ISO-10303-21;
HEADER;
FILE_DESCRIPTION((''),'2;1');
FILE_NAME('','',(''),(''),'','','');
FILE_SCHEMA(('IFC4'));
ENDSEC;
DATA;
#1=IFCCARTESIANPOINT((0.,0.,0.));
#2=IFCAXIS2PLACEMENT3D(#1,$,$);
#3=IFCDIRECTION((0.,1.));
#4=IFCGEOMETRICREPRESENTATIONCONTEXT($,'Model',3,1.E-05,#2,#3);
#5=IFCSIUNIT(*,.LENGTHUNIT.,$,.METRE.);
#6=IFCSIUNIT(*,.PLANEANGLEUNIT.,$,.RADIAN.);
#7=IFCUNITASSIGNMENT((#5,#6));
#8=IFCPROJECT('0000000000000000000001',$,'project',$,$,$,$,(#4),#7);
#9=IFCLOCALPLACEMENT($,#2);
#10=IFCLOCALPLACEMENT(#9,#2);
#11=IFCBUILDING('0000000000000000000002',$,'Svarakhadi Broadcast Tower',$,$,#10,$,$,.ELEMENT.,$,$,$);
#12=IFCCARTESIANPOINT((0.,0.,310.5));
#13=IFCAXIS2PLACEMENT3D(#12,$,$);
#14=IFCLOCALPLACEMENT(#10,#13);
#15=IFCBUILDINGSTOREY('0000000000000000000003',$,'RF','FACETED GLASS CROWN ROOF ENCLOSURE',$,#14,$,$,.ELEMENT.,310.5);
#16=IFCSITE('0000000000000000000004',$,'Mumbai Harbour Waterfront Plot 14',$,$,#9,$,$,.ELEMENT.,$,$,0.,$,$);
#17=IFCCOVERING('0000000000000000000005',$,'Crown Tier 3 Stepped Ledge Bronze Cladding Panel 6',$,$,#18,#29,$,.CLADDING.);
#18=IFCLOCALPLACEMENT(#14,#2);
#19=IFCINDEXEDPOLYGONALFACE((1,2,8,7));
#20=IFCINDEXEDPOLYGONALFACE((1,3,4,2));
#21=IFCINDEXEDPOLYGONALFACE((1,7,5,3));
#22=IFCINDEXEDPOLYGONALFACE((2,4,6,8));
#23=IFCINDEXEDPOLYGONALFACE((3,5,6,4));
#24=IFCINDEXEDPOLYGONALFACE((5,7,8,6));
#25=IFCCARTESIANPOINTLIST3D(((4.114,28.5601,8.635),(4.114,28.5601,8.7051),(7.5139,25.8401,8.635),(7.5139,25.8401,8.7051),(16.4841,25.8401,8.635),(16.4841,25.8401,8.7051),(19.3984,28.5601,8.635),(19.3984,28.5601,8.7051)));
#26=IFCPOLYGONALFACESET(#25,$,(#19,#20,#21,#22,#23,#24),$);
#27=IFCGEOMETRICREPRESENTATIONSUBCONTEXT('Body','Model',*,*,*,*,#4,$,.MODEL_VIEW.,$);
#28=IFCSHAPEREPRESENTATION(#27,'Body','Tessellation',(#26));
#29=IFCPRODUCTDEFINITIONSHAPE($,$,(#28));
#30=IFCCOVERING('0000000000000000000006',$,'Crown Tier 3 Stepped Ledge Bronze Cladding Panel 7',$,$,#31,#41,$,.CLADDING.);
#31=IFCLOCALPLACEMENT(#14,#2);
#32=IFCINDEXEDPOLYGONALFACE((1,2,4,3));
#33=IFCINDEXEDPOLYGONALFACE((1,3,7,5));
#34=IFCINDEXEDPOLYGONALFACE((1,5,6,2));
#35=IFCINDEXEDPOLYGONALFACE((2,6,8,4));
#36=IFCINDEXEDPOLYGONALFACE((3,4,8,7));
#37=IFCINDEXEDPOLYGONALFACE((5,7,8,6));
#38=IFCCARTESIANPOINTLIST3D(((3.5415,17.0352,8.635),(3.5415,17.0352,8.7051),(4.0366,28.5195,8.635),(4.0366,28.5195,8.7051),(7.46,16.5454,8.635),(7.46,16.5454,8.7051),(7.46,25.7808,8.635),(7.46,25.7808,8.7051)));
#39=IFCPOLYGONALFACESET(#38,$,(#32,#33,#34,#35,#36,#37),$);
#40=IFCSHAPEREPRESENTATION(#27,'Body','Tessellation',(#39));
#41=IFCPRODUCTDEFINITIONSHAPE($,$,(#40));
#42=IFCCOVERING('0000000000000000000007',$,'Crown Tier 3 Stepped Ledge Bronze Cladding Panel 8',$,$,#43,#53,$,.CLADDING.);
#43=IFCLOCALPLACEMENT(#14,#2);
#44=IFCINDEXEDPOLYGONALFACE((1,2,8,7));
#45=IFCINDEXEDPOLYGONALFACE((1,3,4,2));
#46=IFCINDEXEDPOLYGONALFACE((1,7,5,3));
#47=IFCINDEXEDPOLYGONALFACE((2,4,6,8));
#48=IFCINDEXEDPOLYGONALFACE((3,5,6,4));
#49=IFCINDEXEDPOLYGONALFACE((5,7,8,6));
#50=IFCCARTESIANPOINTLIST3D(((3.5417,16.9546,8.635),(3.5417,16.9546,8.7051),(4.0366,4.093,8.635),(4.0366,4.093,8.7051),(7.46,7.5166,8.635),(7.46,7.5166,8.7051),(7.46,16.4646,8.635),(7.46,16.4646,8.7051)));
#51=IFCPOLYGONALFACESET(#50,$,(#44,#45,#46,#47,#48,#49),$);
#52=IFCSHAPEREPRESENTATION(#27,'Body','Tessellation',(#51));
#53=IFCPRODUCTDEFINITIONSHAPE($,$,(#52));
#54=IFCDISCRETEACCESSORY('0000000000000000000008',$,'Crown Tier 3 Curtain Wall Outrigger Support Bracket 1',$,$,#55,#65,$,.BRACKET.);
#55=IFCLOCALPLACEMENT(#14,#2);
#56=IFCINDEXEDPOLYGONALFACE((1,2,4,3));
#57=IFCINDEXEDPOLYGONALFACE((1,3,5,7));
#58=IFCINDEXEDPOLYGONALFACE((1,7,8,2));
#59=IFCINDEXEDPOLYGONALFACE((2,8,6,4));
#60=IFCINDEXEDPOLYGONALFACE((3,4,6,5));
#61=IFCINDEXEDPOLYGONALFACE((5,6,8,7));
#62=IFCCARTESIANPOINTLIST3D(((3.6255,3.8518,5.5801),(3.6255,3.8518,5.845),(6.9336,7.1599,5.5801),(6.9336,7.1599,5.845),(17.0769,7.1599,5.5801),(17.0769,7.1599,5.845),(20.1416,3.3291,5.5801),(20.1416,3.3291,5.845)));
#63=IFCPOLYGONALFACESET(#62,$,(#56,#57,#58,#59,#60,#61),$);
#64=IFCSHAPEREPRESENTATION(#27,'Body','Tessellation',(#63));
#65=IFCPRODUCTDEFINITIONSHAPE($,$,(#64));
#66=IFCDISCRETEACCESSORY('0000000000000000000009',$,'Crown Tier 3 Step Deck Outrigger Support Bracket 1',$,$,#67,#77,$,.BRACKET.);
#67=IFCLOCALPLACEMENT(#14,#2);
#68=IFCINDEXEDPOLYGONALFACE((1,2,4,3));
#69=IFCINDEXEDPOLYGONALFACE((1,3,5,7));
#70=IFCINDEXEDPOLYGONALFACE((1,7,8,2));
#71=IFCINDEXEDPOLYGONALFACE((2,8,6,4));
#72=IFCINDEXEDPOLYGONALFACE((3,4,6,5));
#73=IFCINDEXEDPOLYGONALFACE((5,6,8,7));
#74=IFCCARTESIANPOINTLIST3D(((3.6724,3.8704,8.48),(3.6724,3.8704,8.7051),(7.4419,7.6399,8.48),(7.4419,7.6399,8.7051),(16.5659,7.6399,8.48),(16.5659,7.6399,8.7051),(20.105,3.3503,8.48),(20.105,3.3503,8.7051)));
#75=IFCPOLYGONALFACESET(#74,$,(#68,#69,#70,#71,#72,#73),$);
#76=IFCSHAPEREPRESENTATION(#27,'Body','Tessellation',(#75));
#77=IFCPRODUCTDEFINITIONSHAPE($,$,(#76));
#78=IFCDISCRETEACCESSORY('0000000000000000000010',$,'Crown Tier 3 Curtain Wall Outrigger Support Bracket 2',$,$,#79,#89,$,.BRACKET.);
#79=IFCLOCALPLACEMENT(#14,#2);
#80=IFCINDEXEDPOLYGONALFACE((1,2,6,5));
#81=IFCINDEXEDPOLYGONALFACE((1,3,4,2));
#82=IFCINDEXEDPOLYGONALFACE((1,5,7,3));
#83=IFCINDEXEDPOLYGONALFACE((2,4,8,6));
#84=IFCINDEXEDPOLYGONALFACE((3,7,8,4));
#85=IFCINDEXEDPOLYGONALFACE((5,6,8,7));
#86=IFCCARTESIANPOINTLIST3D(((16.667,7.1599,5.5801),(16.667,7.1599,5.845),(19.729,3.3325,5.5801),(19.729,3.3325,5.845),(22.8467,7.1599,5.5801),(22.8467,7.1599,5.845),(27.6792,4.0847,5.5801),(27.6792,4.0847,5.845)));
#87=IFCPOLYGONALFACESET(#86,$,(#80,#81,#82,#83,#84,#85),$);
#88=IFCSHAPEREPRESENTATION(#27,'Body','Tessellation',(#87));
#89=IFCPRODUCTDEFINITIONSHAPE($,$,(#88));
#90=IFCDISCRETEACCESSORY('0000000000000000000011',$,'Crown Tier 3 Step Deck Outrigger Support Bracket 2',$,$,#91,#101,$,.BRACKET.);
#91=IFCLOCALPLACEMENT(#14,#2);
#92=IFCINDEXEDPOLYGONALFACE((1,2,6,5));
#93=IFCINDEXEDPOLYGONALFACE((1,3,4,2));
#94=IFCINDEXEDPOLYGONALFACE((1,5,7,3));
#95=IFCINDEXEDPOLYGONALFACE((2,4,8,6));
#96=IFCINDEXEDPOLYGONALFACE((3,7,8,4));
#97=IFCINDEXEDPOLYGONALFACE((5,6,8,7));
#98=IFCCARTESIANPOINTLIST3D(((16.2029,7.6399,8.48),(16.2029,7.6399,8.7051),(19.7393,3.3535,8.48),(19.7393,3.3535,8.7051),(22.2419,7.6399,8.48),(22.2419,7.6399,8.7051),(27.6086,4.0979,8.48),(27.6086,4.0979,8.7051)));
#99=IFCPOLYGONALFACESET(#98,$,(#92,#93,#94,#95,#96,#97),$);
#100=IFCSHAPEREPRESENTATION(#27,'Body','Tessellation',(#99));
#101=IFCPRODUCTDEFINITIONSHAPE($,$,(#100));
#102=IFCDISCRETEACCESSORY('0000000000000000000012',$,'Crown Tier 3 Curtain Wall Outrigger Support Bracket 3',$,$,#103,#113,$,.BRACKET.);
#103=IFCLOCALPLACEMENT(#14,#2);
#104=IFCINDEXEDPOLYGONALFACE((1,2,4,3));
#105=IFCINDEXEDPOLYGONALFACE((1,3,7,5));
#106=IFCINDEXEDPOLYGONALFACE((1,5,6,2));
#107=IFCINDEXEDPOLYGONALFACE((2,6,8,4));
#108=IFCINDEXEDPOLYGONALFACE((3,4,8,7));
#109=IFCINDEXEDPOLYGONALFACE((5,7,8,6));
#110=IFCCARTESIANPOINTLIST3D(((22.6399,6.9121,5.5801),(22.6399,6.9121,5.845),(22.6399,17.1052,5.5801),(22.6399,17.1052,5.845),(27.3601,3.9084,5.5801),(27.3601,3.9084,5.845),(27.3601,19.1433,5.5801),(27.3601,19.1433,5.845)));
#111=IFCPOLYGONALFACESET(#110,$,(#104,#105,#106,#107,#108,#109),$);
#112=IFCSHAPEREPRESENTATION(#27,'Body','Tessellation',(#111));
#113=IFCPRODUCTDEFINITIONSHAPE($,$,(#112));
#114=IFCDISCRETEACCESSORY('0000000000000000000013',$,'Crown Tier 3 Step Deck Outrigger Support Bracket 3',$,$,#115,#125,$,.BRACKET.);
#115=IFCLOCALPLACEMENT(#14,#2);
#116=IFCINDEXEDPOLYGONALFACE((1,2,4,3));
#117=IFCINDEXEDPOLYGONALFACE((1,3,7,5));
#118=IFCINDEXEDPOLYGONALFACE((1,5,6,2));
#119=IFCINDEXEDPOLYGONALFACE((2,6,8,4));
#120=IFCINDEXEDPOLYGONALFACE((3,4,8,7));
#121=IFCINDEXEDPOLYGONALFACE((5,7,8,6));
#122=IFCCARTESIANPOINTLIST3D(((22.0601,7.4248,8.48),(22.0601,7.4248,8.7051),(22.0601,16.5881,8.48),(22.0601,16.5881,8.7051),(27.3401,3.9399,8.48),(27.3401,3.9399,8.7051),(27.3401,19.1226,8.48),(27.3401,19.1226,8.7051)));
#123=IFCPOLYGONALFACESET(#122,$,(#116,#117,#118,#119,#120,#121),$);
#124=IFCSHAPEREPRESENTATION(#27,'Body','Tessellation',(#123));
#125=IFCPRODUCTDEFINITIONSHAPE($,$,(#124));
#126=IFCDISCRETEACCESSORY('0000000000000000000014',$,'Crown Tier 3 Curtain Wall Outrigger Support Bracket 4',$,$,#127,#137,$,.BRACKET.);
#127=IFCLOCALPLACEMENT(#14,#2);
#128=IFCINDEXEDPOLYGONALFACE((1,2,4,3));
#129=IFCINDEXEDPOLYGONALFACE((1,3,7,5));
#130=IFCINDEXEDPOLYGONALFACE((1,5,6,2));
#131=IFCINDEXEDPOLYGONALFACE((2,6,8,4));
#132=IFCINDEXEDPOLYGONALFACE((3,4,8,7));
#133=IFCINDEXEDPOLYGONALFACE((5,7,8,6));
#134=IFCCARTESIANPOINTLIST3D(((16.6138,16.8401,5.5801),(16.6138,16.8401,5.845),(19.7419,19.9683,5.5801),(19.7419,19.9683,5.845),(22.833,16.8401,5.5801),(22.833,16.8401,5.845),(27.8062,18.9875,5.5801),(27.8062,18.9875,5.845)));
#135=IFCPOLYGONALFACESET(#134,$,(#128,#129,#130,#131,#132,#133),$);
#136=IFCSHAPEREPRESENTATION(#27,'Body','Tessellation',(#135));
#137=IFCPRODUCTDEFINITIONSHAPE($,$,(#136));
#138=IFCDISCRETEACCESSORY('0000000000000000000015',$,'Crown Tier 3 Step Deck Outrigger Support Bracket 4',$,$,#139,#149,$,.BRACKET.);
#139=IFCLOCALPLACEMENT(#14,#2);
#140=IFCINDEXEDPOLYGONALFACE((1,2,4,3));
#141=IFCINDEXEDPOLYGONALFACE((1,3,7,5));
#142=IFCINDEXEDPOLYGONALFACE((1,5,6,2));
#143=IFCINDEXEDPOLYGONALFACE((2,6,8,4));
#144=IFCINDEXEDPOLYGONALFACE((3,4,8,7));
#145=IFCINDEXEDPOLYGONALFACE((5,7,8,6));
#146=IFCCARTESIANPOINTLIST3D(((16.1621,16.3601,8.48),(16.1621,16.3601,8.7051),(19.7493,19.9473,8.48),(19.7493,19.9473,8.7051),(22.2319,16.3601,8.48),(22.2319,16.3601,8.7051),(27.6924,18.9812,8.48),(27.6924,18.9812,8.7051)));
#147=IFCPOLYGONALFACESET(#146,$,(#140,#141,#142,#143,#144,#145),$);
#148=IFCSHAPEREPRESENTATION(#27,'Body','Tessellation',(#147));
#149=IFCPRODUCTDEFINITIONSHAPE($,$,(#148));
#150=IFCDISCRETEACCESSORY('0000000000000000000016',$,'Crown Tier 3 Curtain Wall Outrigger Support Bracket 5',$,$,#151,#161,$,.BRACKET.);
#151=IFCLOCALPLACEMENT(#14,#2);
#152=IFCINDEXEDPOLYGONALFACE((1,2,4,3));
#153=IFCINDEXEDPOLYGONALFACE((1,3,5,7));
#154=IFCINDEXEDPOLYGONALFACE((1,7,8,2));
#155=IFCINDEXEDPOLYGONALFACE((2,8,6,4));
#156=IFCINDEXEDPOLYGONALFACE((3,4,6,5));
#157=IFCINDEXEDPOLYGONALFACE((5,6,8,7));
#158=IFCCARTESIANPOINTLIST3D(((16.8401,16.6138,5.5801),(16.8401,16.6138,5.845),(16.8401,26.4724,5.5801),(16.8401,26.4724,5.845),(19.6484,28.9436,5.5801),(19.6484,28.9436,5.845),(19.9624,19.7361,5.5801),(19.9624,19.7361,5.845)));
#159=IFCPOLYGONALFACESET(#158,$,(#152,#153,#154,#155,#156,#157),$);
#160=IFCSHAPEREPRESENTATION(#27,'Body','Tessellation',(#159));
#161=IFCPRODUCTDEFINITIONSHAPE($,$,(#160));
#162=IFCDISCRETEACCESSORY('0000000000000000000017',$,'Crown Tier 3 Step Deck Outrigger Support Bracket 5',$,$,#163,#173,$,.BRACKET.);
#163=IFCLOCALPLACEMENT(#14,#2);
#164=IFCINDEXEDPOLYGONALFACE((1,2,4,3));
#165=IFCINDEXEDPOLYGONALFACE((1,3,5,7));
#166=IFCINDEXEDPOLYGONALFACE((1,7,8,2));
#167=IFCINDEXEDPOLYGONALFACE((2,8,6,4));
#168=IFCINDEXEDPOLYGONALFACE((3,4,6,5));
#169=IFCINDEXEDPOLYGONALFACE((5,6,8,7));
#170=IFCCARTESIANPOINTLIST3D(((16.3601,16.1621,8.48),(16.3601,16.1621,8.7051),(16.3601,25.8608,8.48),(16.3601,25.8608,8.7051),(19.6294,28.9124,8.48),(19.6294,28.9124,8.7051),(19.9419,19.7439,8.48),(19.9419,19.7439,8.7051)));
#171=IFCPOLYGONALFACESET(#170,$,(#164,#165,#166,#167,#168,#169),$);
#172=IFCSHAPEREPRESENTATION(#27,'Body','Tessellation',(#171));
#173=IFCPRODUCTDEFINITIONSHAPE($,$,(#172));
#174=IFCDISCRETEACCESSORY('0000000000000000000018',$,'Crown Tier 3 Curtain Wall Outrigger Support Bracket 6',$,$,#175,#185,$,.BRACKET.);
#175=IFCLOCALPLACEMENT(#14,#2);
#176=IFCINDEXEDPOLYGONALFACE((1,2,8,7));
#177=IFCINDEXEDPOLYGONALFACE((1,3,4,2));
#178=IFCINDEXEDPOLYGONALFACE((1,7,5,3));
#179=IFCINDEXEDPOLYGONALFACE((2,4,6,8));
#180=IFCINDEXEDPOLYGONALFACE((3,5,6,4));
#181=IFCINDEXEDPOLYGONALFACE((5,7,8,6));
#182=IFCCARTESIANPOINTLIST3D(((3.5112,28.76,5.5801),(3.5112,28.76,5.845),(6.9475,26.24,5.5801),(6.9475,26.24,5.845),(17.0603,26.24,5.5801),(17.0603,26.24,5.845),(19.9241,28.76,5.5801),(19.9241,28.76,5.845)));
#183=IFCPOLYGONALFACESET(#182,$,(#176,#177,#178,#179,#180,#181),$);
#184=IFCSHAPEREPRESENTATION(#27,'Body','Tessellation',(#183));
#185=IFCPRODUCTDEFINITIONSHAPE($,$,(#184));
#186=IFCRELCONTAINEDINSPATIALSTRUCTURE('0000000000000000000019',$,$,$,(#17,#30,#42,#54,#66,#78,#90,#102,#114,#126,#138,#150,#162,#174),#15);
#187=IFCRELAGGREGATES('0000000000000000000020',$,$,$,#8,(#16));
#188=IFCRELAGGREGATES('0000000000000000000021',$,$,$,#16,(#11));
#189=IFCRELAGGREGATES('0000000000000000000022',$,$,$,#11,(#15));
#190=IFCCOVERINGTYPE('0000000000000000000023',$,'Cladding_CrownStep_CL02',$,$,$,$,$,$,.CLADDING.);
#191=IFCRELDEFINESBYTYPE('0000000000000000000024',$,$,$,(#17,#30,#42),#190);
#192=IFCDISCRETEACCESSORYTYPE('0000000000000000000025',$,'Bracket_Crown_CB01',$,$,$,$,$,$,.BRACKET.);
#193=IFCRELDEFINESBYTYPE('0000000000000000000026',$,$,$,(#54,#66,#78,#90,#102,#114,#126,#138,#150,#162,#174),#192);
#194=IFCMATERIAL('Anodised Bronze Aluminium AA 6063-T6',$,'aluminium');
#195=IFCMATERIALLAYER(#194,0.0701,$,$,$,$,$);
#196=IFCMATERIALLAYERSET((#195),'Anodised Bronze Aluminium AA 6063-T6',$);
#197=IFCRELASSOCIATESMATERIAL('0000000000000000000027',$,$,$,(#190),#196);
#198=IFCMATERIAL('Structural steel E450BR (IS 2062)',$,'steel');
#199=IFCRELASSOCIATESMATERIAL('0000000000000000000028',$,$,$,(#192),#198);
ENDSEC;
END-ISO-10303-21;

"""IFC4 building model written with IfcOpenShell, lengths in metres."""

from ifc_helpers import new_model, si_unit, direction, frame, origin, place, context, subcontext, project, spatial, polyline, outline, extrude, material, layer, layer_set, type_object, element, save


model = new_model("IFC4")

# Units and contexts
model_context = context("Model", 3, precision=1e-05, world=origin(), true_north=direction((0.0, 1.0)))
body_context = subcontext(model_context, "Body", "Model", "MODEL_VIEW")
ifc_project = project(units=[si_unit("LENGTHUNIT", "METRE"), si_unit("PLANEANGLEUNIT", "RADIAN")], contexts=[model_context])

# Site, building, storey
site_placement = place(None, origin())
site = spatial("IfcSite", under=ifc_project, at=site_placement, Name="Mumbai Harbour Waterfront Plot 14", CompositionType="ELEMENT", RefElevation=0.0)
building_placement = place(site_placement, origin())
building = spatial("IfcBuilding", under=site, at=building_placement, Name="Svarakhadi Broadcast Tower", CompositionType="ELEMENT")
storey_placement = place(building_placement, frame((0.0, 0.0, 310.5)))
storey = spatial("IfcBuildingStorey", under=building, at=storey_placement, Name="RF", Description="FACETED GLASS CROWN ROOF ENCLOSURE", CompositionType="ELEMENT", Elevation=310.5)

# Shared definitions
ifc_material_1 = material(Name="Anodised Bronze Aluminium AA 6063-T6", Category="aluminium")

# Coverings
ifc_layer_1 = layer(ifc_material_1, 0.0701)
ifc_layer_set_1 = layer_set([ifc_layer_1], Name="Anodised Bronze Aluminium AA 6063-T6")
covering_type = type_object("IfcCoveringType", Name="Cladding_CrownStep_CL02", PredefinedType="CLADDING", material=ifc_layer_set_1)
covering_1_placement = place(storey_placement, frame((0.0, 0.0, 8.635)))
element("IfcCovering", 1, at=covering_1_placement, inside=storey, type_object=covering_type, Name="Crown Tier 3 Stepped Ledge Bronze Cladding Panel 6", PredefinedType="CLADDING", context=body_context, shape_type="SweptSolid", body=[
    extrude(outline(polyline([(19.3984, 28.5601), (16.4841, 25.8401), (7.5139, 25.8401), (4.114, 28.5601), (19.3984, 28.5601)])), origin(), (0.0, 0.0, 1.0), 0.0701),
])
covering_2_placement = place(storey_placement, frame((0.0, 0.0, 8.635)))
element("IfcCovering", 2, at=covering_2_placement, inside=storey, type_object=covering_type, Name="Crown Tier 3 Stepped Ledge Bronze Cladding Panel 7", PredefinedType="CLADDING", context=body_context, shape_type="SweptSolid", body=[
    extrude(outline(polyline([(4.0366, 28.5195), (7.46, 25.7808), (7.46, 16.5454), (3.5415, 17.0352), (4.0366, 28.5195)])), origin(), (0.0, 0.0, 1.0), 0.0701),
])
covering_3_placement = place(storey_placement, frame((0.0, 0.0, 8.635)))
element("IfcCovering", 3, at=covering_3_placement, inside=storey, type_object=covering_type, Name="Crown Tier 3 Stepped Ledge Bronze Cladding Panel 8", PredefinedType="CLADDING", context=body_context, shape_type="SweptSolid", body=[
    extrude(outline(polyline([(3.5417, 16.9546), (7.46, 16.4646), (7.46, 7.5166), (4.0366, 4.093), (3.5417, 16.9546)])), origin(), (0.0, 0.0, 1.0), 0.0701),
])

# Discrete accessories
ifc_material_2 = material(Name="Structural steel E450BR (IS 2062)", Category="steel")
discrete_accessory_type = type_object("IfcDiscreteAccessoryType", Name="Bracket_Crown_CB01", PredefinedType="BRACKET", material=ifc_material_2)
discrete_accessory_1_placement = place(storey_placement, frame((0.0, 0.0, 5.5801)))
element("IfcDiscreteAccessory", 4, at=discrete_accessory_1_placement, inside=storey, type_object=discrete_accessory_type, Name="Crown Tier 3 Curtain Wall Outrigger Support Bracket 1", PredefinedType="BRACKET", context=body_context, shape_type="SweptSolid", body=[
    extrude(outline(polyline([(20.1416, 3.3291), (3.6255, 3.8518), (6.9336, 7.1599), (17.0769, 7.1599), (20.1416, 3.3291)])), origin(), (0.0, 0.0, 1.0), 0.2649),
])
discrete_accessory_2_placement = place(storey_placement, frame((0.0, 0.0, 8.48)))
element("IfcDiscreteAccessory", 5, at=discrete_accessory_2_placement, inside=storey, type_object=discrete_accessory_type, Name="Crown Tier 3 Step Deck Outrigger Support Bracket 1", PredefinedType="BRACKET", context=body_context, shape_type="SweptSolid", body=[
    extrude(outline(polyline([(20.105, 3.3503), (3.6724, 3.8704), (7.4419, 7.6399), (16.5659, 7.6399), (20.105, 3.3503)])), origin(), (0.0, 0.0, 1.0), 0.2251),
])
discrete_accessory_3_placement = place(storey_placement, frame((0.0, 0.0, 5.5801)))
element("IfcDiscreteAccessory", 6, at=discrete_accessory_3_placement, inside=storey, type_object=discrete_accessory_type, Name="Crown Tier 3 Curtain Wall Outrigger Support Bracket 2", PredefinedType="BRACKET", context=body_context, shape_type="SweptSolid", body=[
    extrude(outline(polyline([(19.729, 3.3325), (16.667, 7.1599), (22.8467, 7.1599), (27.6792, 4.0847), (19.729, 3.3325)])), origin(), (0.0, 0.0, 1.0), 0.2649),
])
discrete_accessory_4_placement = place(storey_placement, frame((0.0, 0.0, 8.48)))
element("IfcDiscreteAccessory", 7, at=discrete_accessory_4_placement, inside=storey, type_object=discrete_accessory_type, Name="Crown Tier 3 Step Deck Outrigger Support Bracket 2", PredefinedType="BRACKET", context=body_context, shape_type="SweptSolid", body=[
    extrude(outline(polyline([(19.7393, 3.3535), (16.2029, 7.6399), (22.2419, 7.6399), (27.6086, 4.0979), (19.7393, 3.3535)])), origin(), (0.0, 0.0, 1.0), 0.2251),
])
discrete_accessory_5_placement = place(storey_placement, frame((0.0, 0.0, 5.5801)))
element("IfcDiscreteAccessory", 8, at=discrete_accessory_5_placement, inside=storey, type_object=discrete_accessory_type, Name="Crown Tier 3 Curtain Wall Outrigger Support Bracket 3", PredefinedType="BRACKET", context=body_context, shape_type="SweptSolid", body=[
    extrude(outline(polyline([(27.3601, 3.9084), (22.6399, 6.9121), (22.6399, 17.1052), (27.3601, 19.1433), (27.3601, 3.9084)])), origin(), (0.0, 0.0, 1.0), 0.2649),
])
discrete_accessory_6_placement = place(storey_placement, frame((0.0, 0.0, 8.48)))
element("IfcDiscreteAccessory", 9, at=discrete_accessory_6_placement, inside=storey, type_object=discrete_accessory_type, Name="Crown Tier 3 Step Deck Outrigger Support Bracket 3", PredefinedType="BRACKET", context=body_context, shape_type="SweptSolid", body=[
    extrude(outline(polyline([(27.3401, 3.9399), (22.0601, 7.4248), (22.0601, 16.5881), (27.3401, 19.1226), (27.3401, 3.9399)])), origin(), (0.0, 0.0, 1.0), 0.2251),
])
discrete_accessory_7_placement = place(storey_placement, frame((0.0, 0.0, 5.5801)))
element("IfcDiscreteAccessory", 10, at=discrete_accessory_7_placement, inside=storey, type_object=discrete_accessory_type, Name="Crown Tier 3 Curtain Wall Outrigger Support Bracket 4", PredefinedType="BRACKET", context=body_context, shape_type="SweptSolid", body=[
    extrude(outline(polyline([(16.6138, 16.8401), (19.7419, 19.9683), (27.8062, 18.9875), (22.833, 16.8401), (16.6138, 16.8401)])), origin(), (0.0, 0.0, 1.0), 0.2649),
])
discrete_accessory_8_placement = place(storey_placement, frame((0.0, 0.0, 8.48)))
element("IfcDiscreteAccessory", 11, at=discrete_accessory_8_placement, inside=storey, type_object=discrete_accessory_type, Name="Crown Tier 3 Step Deck Outrigger Support Bracket 4", PredefinedType="BRACKET", context=body_context, shape_type="SweptSolid", body=[
    extrude(outline(polyline([(16.1621, 16.3601), (19.7493, 19.9473), (27.6924, 18.9812), (22.2319, 16.3601), (16.1621, 16.3601)])), origin(), (0.0, 0.0, 1.0), 0.2251),
])
discrete_accessory_9_placement = place(storey_placement, frame((0.0, 0.0, 5.5801)))
element("IfcDiscreteAccessory", 12, at=discrete_accessory_9_placement, inside=storey, type_object=discrete_accessory_type, Name="Crown Tier 3 Curtain Wall Outrigger Support Bracket 5", PredefinedType="BRACKET", context=body_context, shape_type="SweptSolid", body=[
    extrude(outline(polyline([(16.8401, 16.6138), (16.8401, 26.4724), (19.6484, 28.9436), (19.9624, 19.7361), (16.8401, 16.6138)])), origin(), (0.0, 0.0, 1.0), 0.2649),
])
discrete_accessory_10_placement = place(storey_placement, frame((0.0, 0.0, 8.48)))
element("IfcDiscreteAccessory", 13, at=discrete_accessory_10_placement, inside=storey, type_object=discrete_accessory_type, Name="Crown Tier 3 Step Deck Outrigger Support Bracket 5", PredefinedType="BRACKET", context=body_context, shape_type="SweptSolid", body=[
    extrude(outline(polyline([(16.3601, 16.1621), (16.3601, 25.8608), (19.6294, 28.9124), (19.9419, 19.7439), (16.3601, 16.1621)])), origin(), (0.0, 0.0, 1.0), 0.2251),
])
discrete_accessory_11_placement = place(storey_placement, frame((0.0, 0.0, 5.5801)))
element("IfcDiscreteAccessory", 14, at=discrete_accessory_11_placement, inside=storey, type_object=discrete_accessory_type, Name="Crown Tier 3 Curtain Wall Outrigger Support Bracket 6", PredefinedType="BRACKET", context=body_context, shape_type="SweptSolid", body=[
    extrude(outline(polyline([(6.9475, 26.24), (3.5112, 28.76), (19.9241, 28.76), (17.0603, 26.24), (6.9475, 26.24)])), origin(), (0.0, 0.0, 1.0), 0.2649),
])

save(model, "model.ifc")
